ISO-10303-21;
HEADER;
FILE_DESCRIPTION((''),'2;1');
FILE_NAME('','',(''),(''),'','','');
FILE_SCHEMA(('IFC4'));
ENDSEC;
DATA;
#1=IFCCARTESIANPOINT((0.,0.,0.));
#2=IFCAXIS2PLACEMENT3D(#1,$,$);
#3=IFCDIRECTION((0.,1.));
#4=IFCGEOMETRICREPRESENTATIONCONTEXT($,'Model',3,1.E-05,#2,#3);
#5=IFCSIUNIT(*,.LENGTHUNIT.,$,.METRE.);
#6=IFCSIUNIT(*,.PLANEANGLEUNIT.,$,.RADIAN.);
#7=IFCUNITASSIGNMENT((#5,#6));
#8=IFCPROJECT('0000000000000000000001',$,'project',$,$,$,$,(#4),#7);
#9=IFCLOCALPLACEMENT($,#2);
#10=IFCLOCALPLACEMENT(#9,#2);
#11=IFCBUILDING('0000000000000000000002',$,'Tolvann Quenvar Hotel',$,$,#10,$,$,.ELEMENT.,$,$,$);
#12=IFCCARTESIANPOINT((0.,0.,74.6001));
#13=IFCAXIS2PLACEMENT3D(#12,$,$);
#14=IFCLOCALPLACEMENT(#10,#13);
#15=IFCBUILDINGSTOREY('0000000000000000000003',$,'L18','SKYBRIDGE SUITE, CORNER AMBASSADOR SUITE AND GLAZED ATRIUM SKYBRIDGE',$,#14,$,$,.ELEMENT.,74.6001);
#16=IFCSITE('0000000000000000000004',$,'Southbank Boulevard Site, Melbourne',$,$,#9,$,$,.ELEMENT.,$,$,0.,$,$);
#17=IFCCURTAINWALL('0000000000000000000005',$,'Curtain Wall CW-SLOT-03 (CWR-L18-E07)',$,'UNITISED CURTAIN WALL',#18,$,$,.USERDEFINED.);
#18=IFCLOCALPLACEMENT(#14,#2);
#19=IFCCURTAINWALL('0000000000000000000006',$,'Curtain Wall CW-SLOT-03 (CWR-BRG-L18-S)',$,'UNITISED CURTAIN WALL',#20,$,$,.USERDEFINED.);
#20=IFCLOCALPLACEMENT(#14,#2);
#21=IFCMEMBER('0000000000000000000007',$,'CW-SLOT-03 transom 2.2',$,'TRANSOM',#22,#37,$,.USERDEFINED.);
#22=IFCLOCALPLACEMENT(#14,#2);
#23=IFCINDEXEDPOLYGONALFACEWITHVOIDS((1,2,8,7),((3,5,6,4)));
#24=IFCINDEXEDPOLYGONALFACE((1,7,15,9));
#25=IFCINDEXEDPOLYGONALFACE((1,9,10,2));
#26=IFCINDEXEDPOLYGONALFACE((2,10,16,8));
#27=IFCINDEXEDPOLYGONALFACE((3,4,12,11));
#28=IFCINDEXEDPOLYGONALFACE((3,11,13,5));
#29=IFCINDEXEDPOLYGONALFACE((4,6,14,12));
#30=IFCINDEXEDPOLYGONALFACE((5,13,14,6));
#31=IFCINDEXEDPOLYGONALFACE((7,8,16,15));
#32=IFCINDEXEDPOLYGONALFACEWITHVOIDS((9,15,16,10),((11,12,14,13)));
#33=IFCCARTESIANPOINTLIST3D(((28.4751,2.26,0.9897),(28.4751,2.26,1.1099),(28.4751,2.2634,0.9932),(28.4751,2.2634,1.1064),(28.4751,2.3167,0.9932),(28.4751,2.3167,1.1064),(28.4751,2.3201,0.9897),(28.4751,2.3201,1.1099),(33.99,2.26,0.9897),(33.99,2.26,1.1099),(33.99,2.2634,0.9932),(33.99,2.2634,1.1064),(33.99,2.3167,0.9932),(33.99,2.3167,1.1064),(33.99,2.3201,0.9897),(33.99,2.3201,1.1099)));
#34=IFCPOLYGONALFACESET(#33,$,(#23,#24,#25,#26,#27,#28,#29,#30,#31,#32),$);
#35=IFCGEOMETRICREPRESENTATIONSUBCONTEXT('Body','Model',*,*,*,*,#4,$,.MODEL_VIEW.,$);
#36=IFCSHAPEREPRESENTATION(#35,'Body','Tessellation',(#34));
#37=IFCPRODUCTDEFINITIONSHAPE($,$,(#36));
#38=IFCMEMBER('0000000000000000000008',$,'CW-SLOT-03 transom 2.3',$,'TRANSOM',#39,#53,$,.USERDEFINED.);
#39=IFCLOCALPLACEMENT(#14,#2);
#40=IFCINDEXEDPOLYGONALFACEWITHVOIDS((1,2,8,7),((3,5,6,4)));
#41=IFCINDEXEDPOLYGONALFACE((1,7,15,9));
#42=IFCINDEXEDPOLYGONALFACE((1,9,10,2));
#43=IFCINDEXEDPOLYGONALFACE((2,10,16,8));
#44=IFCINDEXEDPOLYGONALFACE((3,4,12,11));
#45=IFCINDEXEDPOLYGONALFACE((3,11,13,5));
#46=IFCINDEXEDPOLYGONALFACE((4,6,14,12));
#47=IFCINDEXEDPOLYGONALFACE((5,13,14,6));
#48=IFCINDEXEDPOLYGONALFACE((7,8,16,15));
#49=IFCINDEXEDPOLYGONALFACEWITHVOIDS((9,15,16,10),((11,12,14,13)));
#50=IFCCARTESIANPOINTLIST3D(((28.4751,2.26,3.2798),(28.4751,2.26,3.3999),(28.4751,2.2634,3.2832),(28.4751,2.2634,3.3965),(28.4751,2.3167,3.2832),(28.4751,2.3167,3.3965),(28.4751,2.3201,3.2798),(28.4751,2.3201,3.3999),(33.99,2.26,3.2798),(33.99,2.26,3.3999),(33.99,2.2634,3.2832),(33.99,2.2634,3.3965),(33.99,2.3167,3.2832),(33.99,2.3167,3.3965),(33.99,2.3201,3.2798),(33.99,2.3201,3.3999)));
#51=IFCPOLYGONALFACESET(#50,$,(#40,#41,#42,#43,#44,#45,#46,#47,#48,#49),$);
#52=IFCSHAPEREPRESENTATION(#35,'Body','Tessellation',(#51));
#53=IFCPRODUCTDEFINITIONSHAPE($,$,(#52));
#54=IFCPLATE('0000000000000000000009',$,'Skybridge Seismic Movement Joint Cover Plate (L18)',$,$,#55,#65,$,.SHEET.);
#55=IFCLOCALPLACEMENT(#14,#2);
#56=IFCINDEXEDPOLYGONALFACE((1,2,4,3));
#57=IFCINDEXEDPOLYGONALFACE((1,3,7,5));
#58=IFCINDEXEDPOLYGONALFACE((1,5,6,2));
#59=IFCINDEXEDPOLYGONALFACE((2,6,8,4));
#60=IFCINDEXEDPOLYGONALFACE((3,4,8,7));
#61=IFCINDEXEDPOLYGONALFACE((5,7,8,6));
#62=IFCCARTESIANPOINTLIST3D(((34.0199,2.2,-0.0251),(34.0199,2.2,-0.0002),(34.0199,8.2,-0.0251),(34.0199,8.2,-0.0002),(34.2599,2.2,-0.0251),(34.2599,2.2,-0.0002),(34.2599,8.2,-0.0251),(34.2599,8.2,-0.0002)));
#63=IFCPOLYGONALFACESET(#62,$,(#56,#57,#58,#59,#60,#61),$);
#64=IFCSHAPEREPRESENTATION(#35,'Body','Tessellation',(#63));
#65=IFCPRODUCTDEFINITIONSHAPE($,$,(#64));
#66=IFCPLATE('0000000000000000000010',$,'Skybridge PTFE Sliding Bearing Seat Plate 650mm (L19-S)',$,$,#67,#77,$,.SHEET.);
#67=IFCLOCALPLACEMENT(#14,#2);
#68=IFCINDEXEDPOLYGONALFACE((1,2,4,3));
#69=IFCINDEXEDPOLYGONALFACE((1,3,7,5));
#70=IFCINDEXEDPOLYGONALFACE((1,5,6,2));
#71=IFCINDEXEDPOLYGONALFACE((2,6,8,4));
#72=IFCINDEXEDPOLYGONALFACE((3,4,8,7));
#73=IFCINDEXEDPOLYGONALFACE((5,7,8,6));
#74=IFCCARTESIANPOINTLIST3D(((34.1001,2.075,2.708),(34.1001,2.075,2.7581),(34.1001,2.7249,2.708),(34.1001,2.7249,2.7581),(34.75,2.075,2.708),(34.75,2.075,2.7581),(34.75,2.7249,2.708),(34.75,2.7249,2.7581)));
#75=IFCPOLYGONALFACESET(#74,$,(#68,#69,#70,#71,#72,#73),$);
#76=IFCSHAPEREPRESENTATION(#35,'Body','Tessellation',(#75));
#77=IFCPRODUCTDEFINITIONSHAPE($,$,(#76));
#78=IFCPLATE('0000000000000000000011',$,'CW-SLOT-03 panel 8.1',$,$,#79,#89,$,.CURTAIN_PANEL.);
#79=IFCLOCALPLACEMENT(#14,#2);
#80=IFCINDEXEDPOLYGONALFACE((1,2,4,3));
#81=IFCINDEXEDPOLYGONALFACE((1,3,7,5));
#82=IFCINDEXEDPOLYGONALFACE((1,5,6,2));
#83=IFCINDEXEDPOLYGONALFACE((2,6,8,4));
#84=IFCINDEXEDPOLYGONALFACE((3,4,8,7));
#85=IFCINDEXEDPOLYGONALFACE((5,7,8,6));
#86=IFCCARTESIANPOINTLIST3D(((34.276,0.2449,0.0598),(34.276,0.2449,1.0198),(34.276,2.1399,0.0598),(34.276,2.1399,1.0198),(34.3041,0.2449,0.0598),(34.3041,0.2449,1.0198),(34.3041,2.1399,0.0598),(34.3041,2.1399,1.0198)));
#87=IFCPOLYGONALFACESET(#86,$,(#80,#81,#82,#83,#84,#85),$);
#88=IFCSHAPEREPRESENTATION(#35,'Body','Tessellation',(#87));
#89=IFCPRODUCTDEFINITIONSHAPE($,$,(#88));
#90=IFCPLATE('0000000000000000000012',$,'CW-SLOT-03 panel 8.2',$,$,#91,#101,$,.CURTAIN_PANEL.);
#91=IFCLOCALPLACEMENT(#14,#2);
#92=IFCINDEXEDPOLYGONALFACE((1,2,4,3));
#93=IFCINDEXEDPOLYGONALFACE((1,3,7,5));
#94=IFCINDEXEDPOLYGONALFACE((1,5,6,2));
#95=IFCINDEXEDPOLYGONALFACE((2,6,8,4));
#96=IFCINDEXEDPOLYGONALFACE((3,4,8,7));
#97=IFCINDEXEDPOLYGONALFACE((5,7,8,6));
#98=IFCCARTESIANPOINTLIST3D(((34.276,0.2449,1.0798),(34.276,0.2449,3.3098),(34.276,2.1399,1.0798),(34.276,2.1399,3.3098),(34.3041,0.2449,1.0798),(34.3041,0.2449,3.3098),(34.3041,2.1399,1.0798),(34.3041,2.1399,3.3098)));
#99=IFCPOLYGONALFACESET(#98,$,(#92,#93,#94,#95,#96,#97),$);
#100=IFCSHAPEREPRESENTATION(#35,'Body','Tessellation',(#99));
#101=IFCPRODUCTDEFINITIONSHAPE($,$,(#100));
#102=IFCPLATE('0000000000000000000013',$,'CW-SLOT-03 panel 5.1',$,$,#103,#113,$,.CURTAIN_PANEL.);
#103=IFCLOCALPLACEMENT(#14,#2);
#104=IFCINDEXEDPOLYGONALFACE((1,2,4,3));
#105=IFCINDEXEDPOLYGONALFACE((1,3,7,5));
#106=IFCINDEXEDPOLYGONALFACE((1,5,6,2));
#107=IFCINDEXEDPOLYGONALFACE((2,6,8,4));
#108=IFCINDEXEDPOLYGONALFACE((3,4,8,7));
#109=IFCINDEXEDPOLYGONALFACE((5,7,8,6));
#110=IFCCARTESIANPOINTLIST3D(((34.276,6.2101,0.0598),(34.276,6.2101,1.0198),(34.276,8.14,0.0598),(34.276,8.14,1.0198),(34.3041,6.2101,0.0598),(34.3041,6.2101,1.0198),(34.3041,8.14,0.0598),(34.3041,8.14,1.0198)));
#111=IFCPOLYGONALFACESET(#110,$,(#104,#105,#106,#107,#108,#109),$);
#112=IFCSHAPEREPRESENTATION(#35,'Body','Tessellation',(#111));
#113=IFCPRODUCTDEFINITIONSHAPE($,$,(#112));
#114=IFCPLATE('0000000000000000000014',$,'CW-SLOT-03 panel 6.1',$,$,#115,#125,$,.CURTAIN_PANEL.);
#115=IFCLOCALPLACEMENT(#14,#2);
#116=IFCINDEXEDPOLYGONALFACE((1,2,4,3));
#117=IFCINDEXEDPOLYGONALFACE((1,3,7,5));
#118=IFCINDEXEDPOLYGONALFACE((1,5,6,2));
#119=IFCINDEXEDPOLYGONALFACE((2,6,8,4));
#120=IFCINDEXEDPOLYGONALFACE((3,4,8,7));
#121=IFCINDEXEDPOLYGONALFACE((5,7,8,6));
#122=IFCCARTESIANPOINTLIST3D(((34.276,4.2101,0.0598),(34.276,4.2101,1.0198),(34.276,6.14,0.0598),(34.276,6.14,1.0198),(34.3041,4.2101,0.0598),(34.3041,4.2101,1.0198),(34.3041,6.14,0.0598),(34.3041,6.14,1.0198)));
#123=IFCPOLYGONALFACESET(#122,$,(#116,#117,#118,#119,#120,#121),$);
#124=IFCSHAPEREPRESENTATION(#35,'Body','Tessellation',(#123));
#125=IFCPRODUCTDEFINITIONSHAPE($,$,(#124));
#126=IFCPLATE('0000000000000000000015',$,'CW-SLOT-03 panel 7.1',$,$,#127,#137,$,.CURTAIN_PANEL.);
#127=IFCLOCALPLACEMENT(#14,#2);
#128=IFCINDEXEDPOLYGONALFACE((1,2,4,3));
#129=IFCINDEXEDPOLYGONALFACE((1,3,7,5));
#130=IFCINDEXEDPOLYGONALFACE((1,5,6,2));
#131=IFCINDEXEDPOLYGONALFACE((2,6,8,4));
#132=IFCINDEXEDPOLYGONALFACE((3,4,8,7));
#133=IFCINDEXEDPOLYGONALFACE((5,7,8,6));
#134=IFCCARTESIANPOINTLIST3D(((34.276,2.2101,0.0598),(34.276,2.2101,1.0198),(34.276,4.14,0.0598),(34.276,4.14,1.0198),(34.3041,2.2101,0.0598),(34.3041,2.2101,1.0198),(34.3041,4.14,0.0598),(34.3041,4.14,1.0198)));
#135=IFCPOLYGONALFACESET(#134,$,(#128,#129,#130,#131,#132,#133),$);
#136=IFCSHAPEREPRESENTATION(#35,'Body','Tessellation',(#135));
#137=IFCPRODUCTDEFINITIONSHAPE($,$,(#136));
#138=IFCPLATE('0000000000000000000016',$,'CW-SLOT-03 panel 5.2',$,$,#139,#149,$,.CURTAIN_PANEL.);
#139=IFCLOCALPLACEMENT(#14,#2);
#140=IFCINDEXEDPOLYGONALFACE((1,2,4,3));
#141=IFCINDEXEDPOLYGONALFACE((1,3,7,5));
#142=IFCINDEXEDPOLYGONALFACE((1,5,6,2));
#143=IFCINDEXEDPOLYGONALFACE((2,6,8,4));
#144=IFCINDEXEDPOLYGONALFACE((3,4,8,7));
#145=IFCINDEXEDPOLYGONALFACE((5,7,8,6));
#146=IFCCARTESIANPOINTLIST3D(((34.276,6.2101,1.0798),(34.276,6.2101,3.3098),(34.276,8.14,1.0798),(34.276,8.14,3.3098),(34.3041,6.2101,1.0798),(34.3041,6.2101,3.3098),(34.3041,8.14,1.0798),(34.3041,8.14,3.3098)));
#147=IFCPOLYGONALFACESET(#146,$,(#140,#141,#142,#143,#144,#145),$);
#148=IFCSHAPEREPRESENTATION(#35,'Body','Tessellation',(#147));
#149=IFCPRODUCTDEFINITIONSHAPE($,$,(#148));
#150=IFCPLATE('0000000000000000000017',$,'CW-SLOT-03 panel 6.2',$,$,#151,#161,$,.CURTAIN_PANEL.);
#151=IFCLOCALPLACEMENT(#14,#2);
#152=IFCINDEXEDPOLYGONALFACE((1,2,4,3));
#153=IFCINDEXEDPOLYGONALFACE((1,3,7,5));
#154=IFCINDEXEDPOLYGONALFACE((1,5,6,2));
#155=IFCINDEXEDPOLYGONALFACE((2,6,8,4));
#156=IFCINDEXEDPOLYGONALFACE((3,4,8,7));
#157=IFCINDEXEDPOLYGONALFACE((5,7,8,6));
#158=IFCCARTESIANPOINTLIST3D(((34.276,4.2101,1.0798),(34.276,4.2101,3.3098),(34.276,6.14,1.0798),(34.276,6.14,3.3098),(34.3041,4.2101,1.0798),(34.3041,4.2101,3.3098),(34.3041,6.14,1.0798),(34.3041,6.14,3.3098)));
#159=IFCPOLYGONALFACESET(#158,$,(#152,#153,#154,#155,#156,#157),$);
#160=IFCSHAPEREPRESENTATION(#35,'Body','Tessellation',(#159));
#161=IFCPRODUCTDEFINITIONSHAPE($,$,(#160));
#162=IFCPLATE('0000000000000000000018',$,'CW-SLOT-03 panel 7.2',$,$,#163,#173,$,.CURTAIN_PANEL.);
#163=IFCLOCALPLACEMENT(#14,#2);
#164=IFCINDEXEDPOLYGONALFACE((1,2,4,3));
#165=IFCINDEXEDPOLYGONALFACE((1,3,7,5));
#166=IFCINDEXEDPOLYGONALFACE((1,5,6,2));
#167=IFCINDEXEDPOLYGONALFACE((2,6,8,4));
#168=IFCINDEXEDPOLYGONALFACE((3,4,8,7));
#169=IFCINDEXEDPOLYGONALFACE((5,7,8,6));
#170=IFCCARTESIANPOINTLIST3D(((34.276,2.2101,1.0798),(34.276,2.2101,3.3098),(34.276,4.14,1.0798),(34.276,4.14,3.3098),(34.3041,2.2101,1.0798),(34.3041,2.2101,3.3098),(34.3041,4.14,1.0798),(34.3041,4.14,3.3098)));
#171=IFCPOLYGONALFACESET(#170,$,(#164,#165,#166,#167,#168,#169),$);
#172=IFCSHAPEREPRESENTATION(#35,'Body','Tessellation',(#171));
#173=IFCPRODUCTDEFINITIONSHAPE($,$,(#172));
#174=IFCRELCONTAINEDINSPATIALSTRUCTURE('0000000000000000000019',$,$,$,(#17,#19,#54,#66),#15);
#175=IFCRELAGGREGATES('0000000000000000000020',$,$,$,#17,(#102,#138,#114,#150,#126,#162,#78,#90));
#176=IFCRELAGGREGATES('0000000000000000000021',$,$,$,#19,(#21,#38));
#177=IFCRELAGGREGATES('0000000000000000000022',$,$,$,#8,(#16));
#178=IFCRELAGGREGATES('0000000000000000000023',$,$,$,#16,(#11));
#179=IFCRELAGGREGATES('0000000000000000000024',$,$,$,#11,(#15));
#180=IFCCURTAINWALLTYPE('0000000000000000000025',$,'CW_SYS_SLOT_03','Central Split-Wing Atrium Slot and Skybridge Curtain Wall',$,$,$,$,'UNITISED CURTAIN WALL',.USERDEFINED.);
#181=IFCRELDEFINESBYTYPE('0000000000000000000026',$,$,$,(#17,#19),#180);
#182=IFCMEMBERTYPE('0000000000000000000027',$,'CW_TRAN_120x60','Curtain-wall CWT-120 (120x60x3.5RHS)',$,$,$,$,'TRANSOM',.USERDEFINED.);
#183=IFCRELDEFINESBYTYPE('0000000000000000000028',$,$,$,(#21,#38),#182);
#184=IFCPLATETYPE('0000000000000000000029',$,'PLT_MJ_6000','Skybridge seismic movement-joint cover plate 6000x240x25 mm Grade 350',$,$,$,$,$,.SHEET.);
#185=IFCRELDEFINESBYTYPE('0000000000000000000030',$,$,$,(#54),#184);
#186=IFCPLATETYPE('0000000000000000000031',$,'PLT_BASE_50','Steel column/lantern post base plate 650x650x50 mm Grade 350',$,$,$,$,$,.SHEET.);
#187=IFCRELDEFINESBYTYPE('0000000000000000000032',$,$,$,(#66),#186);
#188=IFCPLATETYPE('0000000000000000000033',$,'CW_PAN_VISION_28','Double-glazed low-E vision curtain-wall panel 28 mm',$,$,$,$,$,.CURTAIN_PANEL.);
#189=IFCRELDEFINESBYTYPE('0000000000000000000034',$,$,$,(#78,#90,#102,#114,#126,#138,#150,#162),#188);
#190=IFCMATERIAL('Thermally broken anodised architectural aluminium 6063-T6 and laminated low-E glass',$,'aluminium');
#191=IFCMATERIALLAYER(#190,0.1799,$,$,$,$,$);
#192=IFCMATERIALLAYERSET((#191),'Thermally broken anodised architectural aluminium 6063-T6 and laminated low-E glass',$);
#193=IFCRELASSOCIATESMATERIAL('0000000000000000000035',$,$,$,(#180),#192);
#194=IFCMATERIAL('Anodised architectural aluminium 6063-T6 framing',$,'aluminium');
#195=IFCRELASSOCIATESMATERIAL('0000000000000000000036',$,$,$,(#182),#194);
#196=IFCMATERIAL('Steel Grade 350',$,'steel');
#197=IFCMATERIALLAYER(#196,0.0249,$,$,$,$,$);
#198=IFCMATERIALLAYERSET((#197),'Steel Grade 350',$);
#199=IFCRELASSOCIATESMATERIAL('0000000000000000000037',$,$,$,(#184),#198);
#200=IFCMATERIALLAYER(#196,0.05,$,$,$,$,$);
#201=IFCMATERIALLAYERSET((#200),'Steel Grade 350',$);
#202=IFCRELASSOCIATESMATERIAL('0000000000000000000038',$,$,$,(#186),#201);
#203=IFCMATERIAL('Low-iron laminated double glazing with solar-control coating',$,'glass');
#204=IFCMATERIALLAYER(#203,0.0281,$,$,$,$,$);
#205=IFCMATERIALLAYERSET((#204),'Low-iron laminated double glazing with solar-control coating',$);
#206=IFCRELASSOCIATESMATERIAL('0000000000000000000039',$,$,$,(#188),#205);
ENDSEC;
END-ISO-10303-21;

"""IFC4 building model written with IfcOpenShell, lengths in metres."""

from ifc_helpers import new_model, si_unit, direction, frame, origin, origin_2d, place, context, subcontext, project, spatial, rectangle, hollow_rectangle, extrude, source, transform, mapped, material, layer, layer_set, material_profile, profile_set, type_object, type_shapes, element, aggregate, save


model = new_model("IFC4")

# Units and contexts
model_context = context("Model", 3, precision=1e-05, world=origin(), true_north=direction((0.0, 1.0)))
body_context = subcontext(model_context, "Body", "Model", "MODEL_VIEW")
ifc_project = project(units=[si_unit("LENGTHUNIT", "METRE"), si_unit("PLANEANGLEUNIT", "RADIAN")], contexts=[model_context])

# Site, building, storey
site_placement = place(None, origin())
site = spatial("IfcSite", under=ifc_project, at=site_placement, Name="Southbank Boulevard Site, Melbourne", CompositionType="ELEMENT", RefElevation=0.0)
building_placement = place(site_placement, origin())
building = spatial("IfcBuilding", under=site, at=building_placement, Name="Tolvann Quenvar Hotel", CompositionType="ELEMENT")
storey_placement = place(building_placement, frame((0.0, 0.0, 74.6001)))
storey = spatial("IfcBuildingStorey", under=building, at=storey_placement, Name="L18", Description="SKYBRIDGE SUITE, CORNER AMBASSADOR SUITE AND GLAZED ATRIUM SKYBRIDGE", CompositionType="ELEMENT", Elevation=74.6001)

# Shared definitions
ifc_material_1 = material(Name="Steel Grade 350", Category="steel")

# Curtain walls
ifc_material_2 = material(Name="Thermally broken anodised architectural aluminium 6063-T6 and laminated low-E glass", Category="aluminium")
ifc_layer_1 = layer(ifc_material_2, 0.1799)
ifc_layer_set_1 = layer_set([ifc_layer_1], Name="Thermally broken anodised architectural aluminium 6063-T6 and laminated low-E glass")
curtain_wall_type = type_object("IfcCurtainWallType", Name="CW_SYS_SLOT_03", Description="Central Split-Wing Atrium Slot and Skybridge Curtain Wall", ElementType="UNITISED CURTAIN WALL", PredefinedType="USERDEFINED", material=ifc_layer_set_1)
curtain_wall_1_placement = place(storey_placement, origin())
curtain_wall_1 = element("IfcCurtainWall", 1, at=curtain_wall_1_placement, inside=storey, type_object=curtain_wall_type, Name="Curtain Wall CW-SLOT-03 (CWR-L18-E07)", ObjectType="UNITISED CURTAIN WALL", PredefinedType="USERDEFINED")
ifc_material_3 = material(Name="Anodised architectural aluminium 6063-T6 framing", Category="aluminium")
ifc_material_profile_1 = material_profile(ifc_material_3, hollow_rectangle(XDim=0.0601, YDim=0.1201, WallThickness=0.0034, at=origin_2d()), Name="120x60x3.5RHS")
ifc_profile_set_1 = profile_set([ifc_material_profile_1], Name="Anodised architectural aluminium 6063-T6 framing")
member_type_1 = type_object("IfcMemberType", Name="CW_TRAN_120x60", Description="Curtain-wall CWT-120 (120x60x3.5RHS)", ElementType="TRANSOM", PredefinedType="USERDEFINED", material=ifc_profile_set_1)
curtain_wall_2_placement = place(storey_placement, origin())
curtain_wall_2 = element("IfcCurtainWall", 2, at=curtain_wall_2_placement, inside=storey, type_object=curtain_wall_type, Name="Curtain Wall CW-SLOT-03 (CWR-BRG-L18-S)", ObjectType="UNITISED CURTAIN WALL", PredefinedType="USERDEFINED")

# Members
shared_shape_1 = source(origin(), body_context, "Body", "SweptSolid", [
    extrude(hollow_rectangle(XDim=0.0601, YDim=0.1201, WallThickness=0.0034, at=origin_2d()), origin(), (0.0, 0.0, 1.0), 5.5149),
])
member_1_placement = place(storey_placement, frame((28.4751, 2.29, 1.0498), z_axis=(1.0, 0.0, 0.0), x_axis=(0.0, 1.0, 0.0)))
member_1 = element("IfcMember", 3, at=member_1_placement, type_object=member_type_1, Name="CW-SLOT-03 transom 2.2", ObjectType="TRANSOM", PredefinedType="USERDEFINED", context=body_context, shape_type="MappedRepresentation", body=[
    mapped(shared_shape_1, transform((0.0, 0.0, 0.0), x_axis=(1.0, 0.0, 0.0), y_axis=(0.0, 1.0, 0.0), z_axis=(0.0, 0.0, 1.0), scale=1.0)),
])
member_2_placement = place(storey_placement, frame((28.4751, 2.29, 3.3398), z_axis=(1.0, 0.0, 0.0), x_axis=(0.0, 1.0, 0.0)))
member_2 = element("IfcMember", 4, at=member_2_placement, type_object=member_type_1, Name="CW-SLOT-03 transom 2.3", ObjectType="TRANSOM", PredefinedType="USERDEFINED", context=body_context, shape_type="MappedRepresentation", body=[
    mapped(shared_shape_1, transform((0.0, 0.0, 0.0), x_axis=(1.0, 0.0, 0.0), y_axis=(0.0, 1.0, 0.0), z_axis=(0.0, 0.0, 1.0), scale=1.0)),
])

# Plates
ifc_layer_2 = layer(ifc_material_1, 0.0249)
ifc_layer_set_2 = layer_set([ifc_layer_2], Name="Steel Grade 350")
plate_type_1 = type_object("IfcPlateType", Name="PLT_MJ_6000", Description="Skybridge seismic movement-joint cover plate 6000x240x25 mm Grade 350", PredefinedType="SHEET", material=ifc_layer_set_2)
shared_shape_2 = source(origin(), body_context, "Body", "SweptSolid", [
    extrude(rectangle(XDim=0.24, YDim=6.0, at=origin_2d()), origin(), (0.0, 0.0, 1.0), 0.0249),
])
type_shapes(plate_type_1, [shared_shape_2])
plate_1_placement = place(storey_placement, frame((34.1399, 5.2, -0.0251), z_axis=(0.0, 0.0, 1.0), x_axis=(1.0, 0.0, 0.0)))
element("IfcPlate", 5, at=plate_1_placement, inside=storey, type_object=plate_type_1, Name="Skybridge Seismic Movement Joint Cover Plate (L18)", PredefinedType="SHEET", context=body_context, shape_type="MappedRepresentation", body=[
    mapped(shared_shape_2, transform((0.0, 0.0, 0.0), x_axis=(1.0, 0.0, 0.0), y_axis=(0.0, 1.0, 0.0), z_axis=(0.0, 0.0, 1.0), scale=1.0)),
])
ifc_layer_3 = layer(ifc_material_1, 0.05)
ifc_layer_set_3 = layer_set([ifc_layer_3], Name="Steel Grade 350")
plate_type_2 = type_object("IfcPlateType", Name="PLT_BASE_50", Description="Steel column/lantern post base plate 650x650x50 mm Grade 350", PredefinedType="SHEET", material=ifc_layer_set_3)
shared_shape_3 = source(origin(), body_context, "Body", "SweptSolid", [
    extrude(rectangle(XDim=0.6499, YDim=0.6499, at=origin_2d()), origin(), (0.0, 0.0, 1.0), 0.05),
])
type_shapes(plate_type_2, [shared_shape_3])
plate_2_placement = place(storey_placement, frame((34.425, 2.3999, 2.708), z_axis=(0.0, 0.0, 1.0), x_axis=(1.0, 0.0, 0.0)))
element("IfcPlate", 6, at=plate_2_placement, inside=storey, type_object=plate_type_2, Name="Skybridge PTFE Sliding Bearing Seat Plate 650mm (L19-S)", PredefinedType="SHEET", context=body_context, shape_type="MappedRepresentation", body=[
    mapped(shared_shape_3, transform((0.0, 0.0, 0.0), x_axis=(1.0, 0.0, 0.0), y_axis=(0.0, 1.0, 0.0), z_axis=(0.0, 0.0, 1.0), scale=1.0)),
])

# Plates
ifc_material_4 = material(Name="Low-iron laminated double glazing with solar-control coating", Category="glass")
ifc_layer_4 = layer(ifc_material_4, 0.0281)
ifc_layer_set_4 = layer_set([ifc_layer_4], Name="Low-iron laminated double glazing with solar-control coating")
plate_type_3 = type_object("IfcPlateType", Name="CW_PAN_VISION_28", Description="Double-glazed low-E vision curtain-wall panel 28 mm", PredefinedType="CURTAIN_PANEL", material=ifc_layer_set_4)
shared_shape_4 = source(origin(), body_context, "Body", "SweptSolid", [
    extrude(rectangle(XDim=1.895, YDim=0.0281, at=origin_2d()), origin(), (0.0, 0.0, 1.0), 0.96),
])
plate_3_placement = place(storey_placement, frame((34.29, 1.1924, 0.0598), z_axis=(0.0, 0.0, 1.0), x_axis=(0.0, -1.0, 0.0)))
plate_3 = element("IfcPlate", 7, at=plate_3_placement, type_object=plate_type_3, Name="CW-SLOT-03 panel 8.1", PredefinedType="CURTAIN_PANEL", context=body_context, shape_type="MappedRepresentation", body=[
    mapped(shared_shape_4, transform((0.0, 0.0, 0.0), x_axis=(1.0, 0.0, 0.0), y_axis=(0.0, 1.0, 0.0), z_axis=(0.0, 0.0, 1.0), scale=1.0)),
])
shared_shape_5 = source(origin(), body_context, "Body", "SweptSolid", [
    extrude(rectangle(XDim=1.895, YDim=0.0281, at=origin_2d()), origin(), (0.0, 0.0, 1.0), 2.23),
])
plate_4_placement = place(storey_placement, frame((34.29, 1.1924, 1.0798), z_axis=(0.0, 0.0, 1.0), x_axis=(0.0, -1.0, 0.0)))
plate_4 = element("IfcPlate", 8, at=plate_4_placement, type_object=plate_type_3, Name="CW-SLOT-03 panel 8.2", PredefinedType="CURTAIN_PANEL", context=body_context, shape_type="MappedRepresentation", body=[
    mapped(shared_shape_5, transform((0.0, 0.0, 0.0), x_axis=(1.0, 0.0, 0.0), y_axis=(0.0, 1.0, 0.0), z_axis=(0.0, 0.0, 1.0), scale=1.0)),
])
shared_shape_6 = source(origin(), body_context, "Body", "SweptSolid", [
    extrude(rectangle(XDim=1.9299, YDim=0.0281, at=origin_2d()), origin(), (0.0, 0.0, 1.0), 0.96),
])
plate_5_placement = place(storey_placement, frame((34.29, 7.175, 0.0598), z_axis=(0.0, 0.0, 1.0), x_axis=(0.0, -1.0, 0.0)))
plate_5 = element("IfcPlate", 9, at=plate_5_placement, type_object=plate_type_3, Name="CW-SLOT-03 panel 5.1", PredefinedType="CURTAIN_PANEL", context=body_context, shape_type="MappedRepresentation", body=[
    mapped(shared_shape_6, transform((0.0, 0.0, 0.0), x_axis=(1.0, 0.0, 0.0), y_axis=(0.0, 1.0, 0.0), z_axis=(0.0, 0.0, 1.0), scale=1.0)),
])
plate_6_placement = place(storey_placement, frame((34.29, 5.175, 0.0598), z_axis=(0.0, 0.0, 1.0), x_axis=(0.0, -1.0, 0.0)))
plate_6 = element("IfcPlate", 10, at=plate_6_placement, type_object=plate_type_3, Name="CW-SLOT-03 panel 6.1", PredefinedType="CURTAIN_PANEL", context=body_context, shape_type="MappedRepresentation", body=[
    mapped(shared_shape_6, transform((0.0, 0.0, 0.0), x_axis=(1.0, 0.0, 0.0), y_axis=(0.0, 1.0, 0.0), z_axis=(0.0, 0.0, 1.0), scale=1.0)),
])
plate_7_placement = place(storey_placement, frame((34.29, 3.175, 0.0598), z_axis=(0.0, 0.0, 1.0), x_axis=(0.0, -1.0, 0.0)))
plate_7 = element("IfcPlate", 11, at=plate_7_placement, type_object=plate_type_3, Name="CW-SLOT-03 panel 7.1", PredefinedType="CURTAIN_PANEL", context=body_context, shape_type="MappedRepresentation", body=[
    mapped(shared_shape_6, transform((0.0, 0.0, 0.0), x_axis=(1.0, 0.0, 0.0), y_axis=(0.0, 1.0, 0.0), z_axis=(0.0, 0.0, 1.0), scale=1.0)),
])
shared_shape_7 = source(origin(), body_context, "Body", "SweptSolid", [
    extrude(rectangle(XDim=1.9299, YDim=0.0281, at=origin_2d()), origin(), (0.0, 0.0, 1.0), 2.23),
])
plate_8_placement = place(storey_placement, frame((34.29, 7.175, 1.0798), z_axis=(0.0, 0.0, 1.0), x_axis=(0.0, -1.0, 0.0)))
plate_8 = element("IfcPlate", 12, at=plate_8_placement, type_object=plate_type_3, Name="CW-SLOT-03 panel 5.2", PredefinedType="CURTAIN_PANEL", context=body_context, shape_type="MappedRepresentation", body=[
    mapped(shared_shape_7, transform((0.0, 0.0, 0.0), x_axis=(1.0, 0.0, 0.0), y_axis=(0.0, 1.0, 0.0), z_axis=(0.0, 0.0, 1.0), scale=1.0)),
])
plate_9_placement = place(storey_placement, frame((34.29, 5.175, 1.0798), z_axis=(0.0, 0.0, 1.0), x_axis=(0.0, -1.0, 0.0)))
plate_9 = element("IfcPlate", 13, at=plate_9_placement, type_object=plate_type_3, Name="CW-SLOT-03 panel 6.2", PredefinedType="CURTAIN_PANEL", context=body_context, shape_type="MappedRepresentation", body=[
    mapped(shared_shape_7, transform((0.0, 0.0, 0.0), x_axis=(1.0, 0.0, 0.0), y_axis=(0.0, 1.0, 0.0), z_axis=(0.0, 0.0, 1.0), scale=1.0)),
])
plate_10_placement = place(storey_placement, frame((34.29, 3.175, 1.0798), z_axis=(0.0, 0.0, 1.0), x_axis=(0.0, -1.0, 0.0)))
plate_10 = element("IfcPlate", 14, at=plate_10_placement, type_object=plate_type_3, Name="CW-SLOT-03 panel 7.2", PredefinedType="CURTAIN_PANEL", context=body_context, shape_type="MappedRepresentation", body=[
    mapped(shared_shape_7, transform((0.0, 0.0, 0.0), x_axis=(1.0, 0.0, 0.0), y_axis=(0.0, 1.0, 0.0), z_axis=(0.0, 0.0, 1.0), scale=1.0)),
])
aggregate(curtain_wall_1, [plate_5, plate_8, plate_6, plate_9, plate_7, plate_10, plate_3, plate_4])
aggregate(curtain_wall_2, [member_1, member_2])

save(model, "model.ifc")
